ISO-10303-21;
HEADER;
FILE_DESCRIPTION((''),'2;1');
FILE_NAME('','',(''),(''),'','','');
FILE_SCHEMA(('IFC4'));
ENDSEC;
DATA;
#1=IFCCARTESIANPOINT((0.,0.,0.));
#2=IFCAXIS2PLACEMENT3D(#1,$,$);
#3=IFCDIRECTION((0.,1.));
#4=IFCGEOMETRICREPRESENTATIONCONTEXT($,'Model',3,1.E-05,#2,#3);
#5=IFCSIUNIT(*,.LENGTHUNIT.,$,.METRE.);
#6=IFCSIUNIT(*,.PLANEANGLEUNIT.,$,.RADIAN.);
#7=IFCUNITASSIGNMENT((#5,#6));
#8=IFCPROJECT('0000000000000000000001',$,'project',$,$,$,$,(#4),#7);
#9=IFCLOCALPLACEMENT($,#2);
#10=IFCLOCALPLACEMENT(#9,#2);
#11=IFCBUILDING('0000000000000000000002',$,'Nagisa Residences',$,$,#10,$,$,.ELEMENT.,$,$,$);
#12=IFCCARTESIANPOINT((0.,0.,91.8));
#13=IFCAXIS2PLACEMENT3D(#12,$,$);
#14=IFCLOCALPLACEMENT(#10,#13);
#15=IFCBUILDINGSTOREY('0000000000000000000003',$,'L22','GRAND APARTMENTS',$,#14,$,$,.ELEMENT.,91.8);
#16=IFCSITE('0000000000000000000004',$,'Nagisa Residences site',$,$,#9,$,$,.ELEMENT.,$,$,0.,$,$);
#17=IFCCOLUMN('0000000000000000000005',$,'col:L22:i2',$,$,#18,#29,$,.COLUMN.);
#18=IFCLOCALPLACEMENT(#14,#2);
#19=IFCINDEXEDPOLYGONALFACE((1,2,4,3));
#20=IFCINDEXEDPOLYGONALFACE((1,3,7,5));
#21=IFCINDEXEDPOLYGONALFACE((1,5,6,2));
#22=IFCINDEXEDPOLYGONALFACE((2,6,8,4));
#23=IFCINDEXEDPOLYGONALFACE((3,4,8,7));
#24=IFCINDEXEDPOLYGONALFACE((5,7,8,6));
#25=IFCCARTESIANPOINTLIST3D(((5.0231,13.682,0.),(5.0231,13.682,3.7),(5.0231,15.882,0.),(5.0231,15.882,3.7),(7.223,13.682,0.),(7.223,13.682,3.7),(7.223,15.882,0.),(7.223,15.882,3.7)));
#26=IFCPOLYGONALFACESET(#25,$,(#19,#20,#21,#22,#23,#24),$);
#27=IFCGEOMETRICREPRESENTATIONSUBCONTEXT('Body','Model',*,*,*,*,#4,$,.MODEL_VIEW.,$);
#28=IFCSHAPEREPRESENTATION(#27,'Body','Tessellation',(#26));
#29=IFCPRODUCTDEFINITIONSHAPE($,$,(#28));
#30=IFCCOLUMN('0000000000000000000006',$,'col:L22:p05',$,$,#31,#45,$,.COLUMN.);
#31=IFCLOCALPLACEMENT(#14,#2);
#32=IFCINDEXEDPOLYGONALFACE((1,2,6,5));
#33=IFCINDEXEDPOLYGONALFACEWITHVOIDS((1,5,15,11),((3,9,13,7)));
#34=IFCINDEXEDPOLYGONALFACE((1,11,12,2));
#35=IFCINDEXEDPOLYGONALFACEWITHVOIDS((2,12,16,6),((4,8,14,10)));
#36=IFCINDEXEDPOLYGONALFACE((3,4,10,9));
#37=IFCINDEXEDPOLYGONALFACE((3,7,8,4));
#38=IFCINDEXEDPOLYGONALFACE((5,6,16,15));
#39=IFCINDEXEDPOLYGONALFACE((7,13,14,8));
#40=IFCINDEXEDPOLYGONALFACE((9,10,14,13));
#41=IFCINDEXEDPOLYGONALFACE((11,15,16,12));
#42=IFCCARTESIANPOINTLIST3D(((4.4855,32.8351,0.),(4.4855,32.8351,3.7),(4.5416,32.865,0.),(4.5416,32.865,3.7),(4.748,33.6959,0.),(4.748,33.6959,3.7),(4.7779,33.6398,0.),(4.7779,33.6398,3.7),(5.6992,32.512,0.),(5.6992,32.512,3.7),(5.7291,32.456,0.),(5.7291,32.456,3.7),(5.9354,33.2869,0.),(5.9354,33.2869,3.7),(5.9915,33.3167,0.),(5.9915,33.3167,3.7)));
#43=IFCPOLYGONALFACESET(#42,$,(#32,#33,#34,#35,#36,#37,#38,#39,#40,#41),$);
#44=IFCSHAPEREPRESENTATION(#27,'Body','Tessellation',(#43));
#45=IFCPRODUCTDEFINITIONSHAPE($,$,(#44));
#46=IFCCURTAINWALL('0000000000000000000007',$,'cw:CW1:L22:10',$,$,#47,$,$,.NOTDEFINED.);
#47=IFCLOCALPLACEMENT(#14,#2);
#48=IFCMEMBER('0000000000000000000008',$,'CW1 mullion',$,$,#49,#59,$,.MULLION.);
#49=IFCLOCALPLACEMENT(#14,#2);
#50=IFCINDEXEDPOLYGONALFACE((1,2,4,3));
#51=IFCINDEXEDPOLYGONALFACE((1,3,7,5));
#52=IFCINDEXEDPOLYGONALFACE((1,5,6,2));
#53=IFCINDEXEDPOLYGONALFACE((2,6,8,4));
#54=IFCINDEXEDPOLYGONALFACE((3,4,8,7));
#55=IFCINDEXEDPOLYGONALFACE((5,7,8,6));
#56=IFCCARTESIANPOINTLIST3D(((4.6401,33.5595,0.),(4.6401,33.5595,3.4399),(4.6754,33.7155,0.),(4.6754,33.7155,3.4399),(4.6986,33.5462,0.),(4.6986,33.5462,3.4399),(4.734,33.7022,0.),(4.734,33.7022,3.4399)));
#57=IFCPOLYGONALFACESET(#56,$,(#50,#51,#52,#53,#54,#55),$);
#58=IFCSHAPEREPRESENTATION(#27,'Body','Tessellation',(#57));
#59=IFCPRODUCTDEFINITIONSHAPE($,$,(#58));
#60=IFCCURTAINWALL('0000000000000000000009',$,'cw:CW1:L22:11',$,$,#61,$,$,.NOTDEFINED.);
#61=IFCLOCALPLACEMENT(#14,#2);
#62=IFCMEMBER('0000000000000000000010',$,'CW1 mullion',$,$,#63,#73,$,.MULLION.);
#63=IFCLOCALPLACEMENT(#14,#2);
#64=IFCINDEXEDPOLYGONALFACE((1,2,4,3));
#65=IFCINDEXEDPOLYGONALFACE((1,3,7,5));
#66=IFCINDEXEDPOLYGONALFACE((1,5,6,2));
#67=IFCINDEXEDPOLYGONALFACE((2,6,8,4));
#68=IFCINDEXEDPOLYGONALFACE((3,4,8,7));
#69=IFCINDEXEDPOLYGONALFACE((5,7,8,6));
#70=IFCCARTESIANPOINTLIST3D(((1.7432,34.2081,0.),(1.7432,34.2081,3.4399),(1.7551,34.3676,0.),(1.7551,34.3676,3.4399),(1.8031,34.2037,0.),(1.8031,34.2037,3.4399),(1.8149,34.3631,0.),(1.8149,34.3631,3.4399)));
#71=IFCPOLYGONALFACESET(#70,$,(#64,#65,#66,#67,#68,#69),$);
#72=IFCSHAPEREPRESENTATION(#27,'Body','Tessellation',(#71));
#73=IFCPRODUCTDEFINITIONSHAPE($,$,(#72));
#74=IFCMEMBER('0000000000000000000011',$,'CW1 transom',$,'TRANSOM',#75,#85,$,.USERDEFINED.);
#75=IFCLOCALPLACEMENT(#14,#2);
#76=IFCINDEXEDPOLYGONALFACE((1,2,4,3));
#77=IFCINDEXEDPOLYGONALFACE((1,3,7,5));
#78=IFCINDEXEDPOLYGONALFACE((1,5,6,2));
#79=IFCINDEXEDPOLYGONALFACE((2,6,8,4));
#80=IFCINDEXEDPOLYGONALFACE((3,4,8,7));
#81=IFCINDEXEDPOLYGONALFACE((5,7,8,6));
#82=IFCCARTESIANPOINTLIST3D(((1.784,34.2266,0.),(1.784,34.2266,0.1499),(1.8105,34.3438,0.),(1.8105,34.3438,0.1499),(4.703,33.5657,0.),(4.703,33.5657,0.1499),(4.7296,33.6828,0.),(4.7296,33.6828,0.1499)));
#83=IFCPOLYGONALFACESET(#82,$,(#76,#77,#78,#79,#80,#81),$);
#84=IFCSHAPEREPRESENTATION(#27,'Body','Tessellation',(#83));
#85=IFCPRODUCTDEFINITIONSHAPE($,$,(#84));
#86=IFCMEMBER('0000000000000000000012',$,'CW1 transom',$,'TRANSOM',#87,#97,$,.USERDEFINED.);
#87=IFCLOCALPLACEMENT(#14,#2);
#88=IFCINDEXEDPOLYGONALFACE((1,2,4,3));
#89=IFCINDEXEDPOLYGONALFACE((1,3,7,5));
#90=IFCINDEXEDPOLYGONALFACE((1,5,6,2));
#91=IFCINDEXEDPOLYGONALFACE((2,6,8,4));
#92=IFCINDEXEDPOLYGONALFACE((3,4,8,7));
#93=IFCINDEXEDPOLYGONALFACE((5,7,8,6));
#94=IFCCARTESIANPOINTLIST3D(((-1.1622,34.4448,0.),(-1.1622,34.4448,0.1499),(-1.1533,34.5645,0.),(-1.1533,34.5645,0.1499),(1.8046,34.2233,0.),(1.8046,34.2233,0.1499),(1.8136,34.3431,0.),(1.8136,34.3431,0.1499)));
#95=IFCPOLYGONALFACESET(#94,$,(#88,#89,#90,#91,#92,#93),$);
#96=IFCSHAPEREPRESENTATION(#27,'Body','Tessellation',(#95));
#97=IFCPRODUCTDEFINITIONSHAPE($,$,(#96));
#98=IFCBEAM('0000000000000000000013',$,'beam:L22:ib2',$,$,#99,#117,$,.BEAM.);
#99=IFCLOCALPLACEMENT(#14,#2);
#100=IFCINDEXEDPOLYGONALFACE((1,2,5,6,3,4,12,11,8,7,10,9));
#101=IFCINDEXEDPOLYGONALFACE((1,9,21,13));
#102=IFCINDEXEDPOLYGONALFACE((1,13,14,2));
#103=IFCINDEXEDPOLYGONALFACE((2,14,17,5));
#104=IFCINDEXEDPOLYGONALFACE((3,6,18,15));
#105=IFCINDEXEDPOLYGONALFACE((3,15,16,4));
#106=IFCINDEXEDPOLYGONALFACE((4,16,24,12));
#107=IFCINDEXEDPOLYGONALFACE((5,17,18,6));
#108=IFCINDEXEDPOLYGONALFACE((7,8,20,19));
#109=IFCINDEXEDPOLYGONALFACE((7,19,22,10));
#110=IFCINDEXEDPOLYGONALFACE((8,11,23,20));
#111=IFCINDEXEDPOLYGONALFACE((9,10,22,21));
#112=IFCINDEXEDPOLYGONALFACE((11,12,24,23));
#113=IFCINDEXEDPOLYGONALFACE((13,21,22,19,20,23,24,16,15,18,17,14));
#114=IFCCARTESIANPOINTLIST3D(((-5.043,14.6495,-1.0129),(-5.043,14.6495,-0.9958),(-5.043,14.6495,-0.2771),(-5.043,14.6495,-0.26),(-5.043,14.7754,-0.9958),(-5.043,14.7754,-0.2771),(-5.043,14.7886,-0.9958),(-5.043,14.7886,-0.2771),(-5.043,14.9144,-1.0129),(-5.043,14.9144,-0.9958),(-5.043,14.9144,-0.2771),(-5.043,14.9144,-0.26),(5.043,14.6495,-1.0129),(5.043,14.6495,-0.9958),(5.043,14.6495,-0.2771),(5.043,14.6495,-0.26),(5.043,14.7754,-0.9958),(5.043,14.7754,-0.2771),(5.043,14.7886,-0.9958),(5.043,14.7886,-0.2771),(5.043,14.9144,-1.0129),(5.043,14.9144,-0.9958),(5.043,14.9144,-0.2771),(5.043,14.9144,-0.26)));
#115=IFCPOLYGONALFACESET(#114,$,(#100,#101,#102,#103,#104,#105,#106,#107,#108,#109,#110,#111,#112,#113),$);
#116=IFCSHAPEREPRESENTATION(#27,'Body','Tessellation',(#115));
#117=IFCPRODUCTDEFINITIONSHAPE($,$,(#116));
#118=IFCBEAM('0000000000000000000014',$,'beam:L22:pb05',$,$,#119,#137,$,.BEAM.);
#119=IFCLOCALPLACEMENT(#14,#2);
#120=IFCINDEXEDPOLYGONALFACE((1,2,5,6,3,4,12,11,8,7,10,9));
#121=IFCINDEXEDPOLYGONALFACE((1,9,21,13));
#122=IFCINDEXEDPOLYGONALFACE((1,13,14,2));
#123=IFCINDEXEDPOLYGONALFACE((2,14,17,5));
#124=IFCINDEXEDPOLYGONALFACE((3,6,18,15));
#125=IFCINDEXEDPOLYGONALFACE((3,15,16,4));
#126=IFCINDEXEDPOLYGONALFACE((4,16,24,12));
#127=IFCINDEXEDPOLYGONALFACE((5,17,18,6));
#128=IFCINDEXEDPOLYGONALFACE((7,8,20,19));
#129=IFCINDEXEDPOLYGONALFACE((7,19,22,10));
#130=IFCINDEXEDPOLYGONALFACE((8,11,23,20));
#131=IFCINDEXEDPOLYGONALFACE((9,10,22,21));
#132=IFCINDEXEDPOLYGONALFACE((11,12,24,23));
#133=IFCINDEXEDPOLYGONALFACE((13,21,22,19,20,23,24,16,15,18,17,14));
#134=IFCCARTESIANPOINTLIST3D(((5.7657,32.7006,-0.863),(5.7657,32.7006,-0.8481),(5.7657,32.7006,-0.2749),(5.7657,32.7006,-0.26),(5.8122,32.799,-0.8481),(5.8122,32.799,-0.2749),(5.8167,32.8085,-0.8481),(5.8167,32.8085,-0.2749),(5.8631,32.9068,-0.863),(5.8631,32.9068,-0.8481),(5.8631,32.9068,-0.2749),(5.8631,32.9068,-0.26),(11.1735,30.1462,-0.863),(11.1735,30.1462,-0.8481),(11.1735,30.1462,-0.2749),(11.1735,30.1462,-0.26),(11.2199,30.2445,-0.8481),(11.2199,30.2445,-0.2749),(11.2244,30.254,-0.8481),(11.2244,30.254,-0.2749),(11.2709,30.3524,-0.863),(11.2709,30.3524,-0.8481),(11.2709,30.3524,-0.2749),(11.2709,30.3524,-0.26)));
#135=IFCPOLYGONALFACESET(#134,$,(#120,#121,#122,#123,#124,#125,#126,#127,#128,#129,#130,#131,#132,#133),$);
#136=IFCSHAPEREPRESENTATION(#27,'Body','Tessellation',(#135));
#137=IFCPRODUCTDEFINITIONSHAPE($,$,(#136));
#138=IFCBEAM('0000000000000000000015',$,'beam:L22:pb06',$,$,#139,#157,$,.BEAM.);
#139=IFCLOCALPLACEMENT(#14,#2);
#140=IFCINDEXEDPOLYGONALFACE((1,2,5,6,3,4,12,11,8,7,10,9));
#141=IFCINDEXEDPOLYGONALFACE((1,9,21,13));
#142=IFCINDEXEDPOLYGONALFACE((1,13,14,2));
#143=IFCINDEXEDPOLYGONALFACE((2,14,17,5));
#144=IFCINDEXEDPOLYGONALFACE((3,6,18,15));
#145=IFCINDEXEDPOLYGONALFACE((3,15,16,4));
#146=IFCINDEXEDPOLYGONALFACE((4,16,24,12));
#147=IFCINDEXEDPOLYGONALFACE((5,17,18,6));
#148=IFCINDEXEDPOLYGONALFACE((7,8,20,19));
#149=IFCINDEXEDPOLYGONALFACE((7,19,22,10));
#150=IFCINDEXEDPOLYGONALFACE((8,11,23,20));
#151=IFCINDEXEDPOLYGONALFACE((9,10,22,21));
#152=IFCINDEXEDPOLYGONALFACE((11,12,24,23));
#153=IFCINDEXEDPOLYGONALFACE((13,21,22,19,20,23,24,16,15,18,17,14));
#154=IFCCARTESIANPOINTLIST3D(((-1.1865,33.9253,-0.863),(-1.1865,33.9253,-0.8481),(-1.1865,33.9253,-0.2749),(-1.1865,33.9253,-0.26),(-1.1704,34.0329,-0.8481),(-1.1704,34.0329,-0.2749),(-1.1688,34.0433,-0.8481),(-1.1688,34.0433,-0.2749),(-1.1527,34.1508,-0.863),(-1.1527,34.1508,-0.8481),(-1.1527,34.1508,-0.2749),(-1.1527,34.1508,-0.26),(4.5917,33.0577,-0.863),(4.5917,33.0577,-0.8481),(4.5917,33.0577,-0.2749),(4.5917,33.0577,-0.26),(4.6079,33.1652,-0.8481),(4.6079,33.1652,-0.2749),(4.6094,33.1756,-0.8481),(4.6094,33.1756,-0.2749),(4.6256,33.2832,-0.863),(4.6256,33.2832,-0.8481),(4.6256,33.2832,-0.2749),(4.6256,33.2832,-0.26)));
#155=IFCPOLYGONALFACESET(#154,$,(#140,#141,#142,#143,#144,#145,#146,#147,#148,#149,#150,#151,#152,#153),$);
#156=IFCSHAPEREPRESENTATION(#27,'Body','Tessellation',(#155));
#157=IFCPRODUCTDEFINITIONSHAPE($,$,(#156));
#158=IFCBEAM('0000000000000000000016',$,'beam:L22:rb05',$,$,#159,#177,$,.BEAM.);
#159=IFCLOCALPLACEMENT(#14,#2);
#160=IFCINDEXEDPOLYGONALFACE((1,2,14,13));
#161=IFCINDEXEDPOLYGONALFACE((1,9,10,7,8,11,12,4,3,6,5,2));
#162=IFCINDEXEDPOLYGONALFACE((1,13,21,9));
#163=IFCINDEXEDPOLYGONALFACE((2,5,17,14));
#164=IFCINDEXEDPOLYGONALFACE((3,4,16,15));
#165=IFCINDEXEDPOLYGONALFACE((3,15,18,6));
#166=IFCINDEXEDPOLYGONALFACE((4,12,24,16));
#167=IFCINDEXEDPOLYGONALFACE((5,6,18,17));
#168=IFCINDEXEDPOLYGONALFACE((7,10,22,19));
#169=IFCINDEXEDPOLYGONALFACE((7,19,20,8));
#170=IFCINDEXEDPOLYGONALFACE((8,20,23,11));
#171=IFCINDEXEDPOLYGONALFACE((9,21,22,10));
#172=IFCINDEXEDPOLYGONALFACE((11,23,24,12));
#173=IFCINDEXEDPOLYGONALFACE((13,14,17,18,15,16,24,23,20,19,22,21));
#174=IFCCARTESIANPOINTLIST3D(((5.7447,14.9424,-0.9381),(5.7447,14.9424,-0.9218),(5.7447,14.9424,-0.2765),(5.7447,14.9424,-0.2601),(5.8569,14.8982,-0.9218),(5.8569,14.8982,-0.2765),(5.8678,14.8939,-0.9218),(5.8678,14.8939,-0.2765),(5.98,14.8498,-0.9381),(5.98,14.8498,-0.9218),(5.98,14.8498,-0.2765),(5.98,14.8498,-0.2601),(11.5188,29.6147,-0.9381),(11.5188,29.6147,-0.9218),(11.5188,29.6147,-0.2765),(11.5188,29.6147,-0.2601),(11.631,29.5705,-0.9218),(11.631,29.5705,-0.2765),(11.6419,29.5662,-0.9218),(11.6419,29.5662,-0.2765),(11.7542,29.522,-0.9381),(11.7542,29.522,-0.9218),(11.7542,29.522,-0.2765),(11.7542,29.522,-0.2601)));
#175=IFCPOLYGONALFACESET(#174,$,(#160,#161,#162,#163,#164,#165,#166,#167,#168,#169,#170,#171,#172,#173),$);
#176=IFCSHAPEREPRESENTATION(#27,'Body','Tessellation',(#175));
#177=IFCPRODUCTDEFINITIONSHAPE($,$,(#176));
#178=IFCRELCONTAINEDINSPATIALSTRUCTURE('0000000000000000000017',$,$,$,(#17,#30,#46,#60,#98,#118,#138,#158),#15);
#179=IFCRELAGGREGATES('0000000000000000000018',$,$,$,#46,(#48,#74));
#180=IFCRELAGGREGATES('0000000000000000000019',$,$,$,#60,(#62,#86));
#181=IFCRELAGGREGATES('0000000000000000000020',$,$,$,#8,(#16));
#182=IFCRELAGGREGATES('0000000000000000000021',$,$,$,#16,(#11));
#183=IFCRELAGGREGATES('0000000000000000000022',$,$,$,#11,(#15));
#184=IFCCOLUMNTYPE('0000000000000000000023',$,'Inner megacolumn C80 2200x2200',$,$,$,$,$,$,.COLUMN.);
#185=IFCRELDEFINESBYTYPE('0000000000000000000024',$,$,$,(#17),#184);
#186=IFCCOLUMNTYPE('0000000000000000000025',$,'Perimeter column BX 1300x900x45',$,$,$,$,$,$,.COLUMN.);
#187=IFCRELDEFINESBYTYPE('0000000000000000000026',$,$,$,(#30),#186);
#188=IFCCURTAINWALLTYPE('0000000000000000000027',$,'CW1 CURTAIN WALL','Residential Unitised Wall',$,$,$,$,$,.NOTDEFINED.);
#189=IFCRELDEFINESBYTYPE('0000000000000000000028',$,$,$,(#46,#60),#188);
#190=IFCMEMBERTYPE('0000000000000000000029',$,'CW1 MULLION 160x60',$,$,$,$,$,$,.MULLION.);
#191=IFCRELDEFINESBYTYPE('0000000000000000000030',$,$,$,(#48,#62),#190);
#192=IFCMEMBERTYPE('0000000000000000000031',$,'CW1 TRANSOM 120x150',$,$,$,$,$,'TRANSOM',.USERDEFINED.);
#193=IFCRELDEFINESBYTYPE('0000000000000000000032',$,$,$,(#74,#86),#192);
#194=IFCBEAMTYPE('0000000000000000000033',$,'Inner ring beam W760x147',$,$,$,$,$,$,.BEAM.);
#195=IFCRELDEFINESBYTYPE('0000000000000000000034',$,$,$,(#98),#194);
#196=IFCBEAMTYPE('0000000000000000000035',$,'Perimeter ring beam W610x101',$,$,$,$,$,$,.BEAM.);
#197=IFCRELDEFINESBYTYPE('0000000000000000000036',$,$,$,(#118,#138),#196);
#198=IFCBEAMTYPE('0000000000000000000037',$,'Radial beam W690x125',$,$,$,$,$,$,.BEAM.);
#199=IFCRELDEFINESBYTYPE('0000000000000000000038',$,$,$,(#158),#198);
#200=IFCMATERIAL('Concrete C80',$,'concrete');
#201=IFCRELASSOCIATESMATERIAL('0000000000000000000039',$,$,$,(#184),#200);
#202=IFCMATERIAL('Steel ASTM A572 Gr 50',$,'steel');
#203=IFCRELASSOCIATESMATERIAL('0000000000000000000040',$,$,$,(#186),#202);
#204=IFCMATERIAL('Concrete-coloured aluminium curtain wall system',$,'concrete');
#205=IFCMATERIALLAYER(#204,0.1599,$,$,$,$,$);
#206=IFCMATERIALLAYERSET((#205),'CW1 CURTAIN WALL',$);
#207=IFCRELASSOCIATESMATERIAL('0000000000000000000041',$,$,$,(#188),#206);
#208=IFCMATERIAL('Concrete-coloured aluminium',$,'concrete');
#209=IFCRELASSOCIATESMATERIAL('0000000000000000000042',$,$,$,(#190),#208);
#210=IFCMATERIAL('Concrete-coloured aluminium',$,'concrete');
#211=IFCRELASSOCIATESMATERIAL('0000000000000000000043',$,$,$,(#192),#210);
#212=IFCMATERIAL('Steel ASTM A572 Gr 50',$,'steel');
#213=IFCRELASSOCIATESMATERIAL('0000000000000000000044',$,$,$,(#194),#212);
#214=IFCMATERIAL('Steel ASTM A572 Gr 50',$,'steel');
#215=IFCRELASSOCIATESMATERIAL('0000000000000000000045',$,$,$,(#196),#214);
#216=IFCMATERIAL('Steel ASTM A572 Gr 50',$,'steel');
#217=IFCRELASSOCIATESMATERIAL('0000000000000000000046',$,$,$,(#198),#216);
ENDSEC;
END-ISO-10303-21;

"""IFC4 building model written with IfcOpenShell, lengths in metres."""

from ifc_helpers import new_model, si_unit, direction, frame, origin, origin_2d, place, context, subcontext, project, spatial, rectangle, hollow_rectangle, i_section, extrude, material, layer, layer_set, material_profile, profile_set, type_object, element, aggregate, save


model = new_model("IFC4")

# Units and contexts
model_context = context("Model", 3, precision=1e-05, world=origin(), true_north=direction((0.0, 1.0)))
body_context = subcontext(model_context, "Body", "Model", "MODEL_VIEW")
ifc_project = project(units=[si_unit("LENGTHUNIT", "METRE"), si_unit("PLANEANGLEUNIT", "RADIAN")], contexts=[model_context])

# Site, building, storey
site_placement = place(None, origin())
site = spatial("IfcSite", under=ifc_project, at=site_placement, Name="Nagisa Residences site", CompositionType="ELEMENT", RefElevation=0.0)
building_placement = place(site_placement, origin())
building = spatial("IfcBuilding", under=site, at=building_placement, Name="Nagisa Residences", CompositionType="ELEMENT")
storey_placement = place(building_placement, frame((0.0, 0.0, 91.8)))
storey = spatial("IfcBuildingStorey", under=building, at=storey_placement, Name="L22", Description="GRAND APARTMENTS", CompositionType="ELEMENT", Elevation=91.8)

# Columns
ifc_material_1 = material(Name="Concrete C80", Category="concrete")
ifc_material_profile_1 = material_profile(ifc_material_1, rectangle(XDim=2.2, YDim=2.2, at=origin_2d()), Name="C80 2200x2200")
ifc_profile_set_1 = profile_set([ifc_material_profile_1], Name="Concrete C80")
column_type_1 = type_object("IfcColumnType", Name="Inner megacolumn C80 2200x2200", PredefinedType="COLUMN", material=ifc_profile_set_1)
column_1_placement = place(storey_placement, frame((6.123, 14.782, 0.0), z_axis=(0.0, 0.0, 1.0), x_axis=(1.0, 0.0, 0.0)))
element("IfcColumn", 1, at=column_1_placement, inside=storey, type_object=column_type_1, Name="col:L22:i2", PredefinedType="COLUMN", context=body_context, shape_type="SweptSolid", body=[
    extrude(rectangle(XDim=2.2, YDim=2.2, at=origin_2d()), origin(), (0.0, 0.0, 1.0), 3.7),
])
ifc_material_2 = material(Name="Steel ASTM A572 Gr 50", Category="steel")
ifc_material_profile_2 = material_profile(ifc_material_2, hollow_rectangle(XDim=1.3, YDim=0.8999, WallThickness=0.0449, at=origin_2d()), Name="BX 1300x900x45")
ifc_profile_set_2 = profile_set([ifc_material_profile_2], Name="Steel ASTM A572 Gr 50")
column_type_2 = type_object("IfcColumnType", Name="Perimeter column BX 1300x900x45", PredefinedType="COLUMN", material=ifc_profile_set_2)
column_2_placement = place(storey_placement, frame((5.2385, 33.0759, 0.0), z_axis=(0.0, 0.0, 1.0), x_axis=(-0.956525, 0.291652, 0.0)))
element("IfcColumn", 2, at=column_2_placement, inside=storey, type_object=column_type_2, Name="col:L22:p05", PredefinedType="COLUMN", context=body_context, shape_type="SweptSolid", body=[
    extrude(hollow_rectangle(XDim=1.3, YDim=0.8999, WallThickness=0.0449, at=origin_2d()), origin(), (0.0, 0.0, 1.0), 3.7),
])

# Curtain walls, members
ifc_material_3 = material(Name="Concrete-coloured aluminium curtain wall system", Category="concrete")
ifc_layer_1 = layer(ifc_material_3, 0.1599)
ifc_layer_set_1 = layer_set([ifc_layer_1], Name="CW1 CURTAIN WALL")
curtain_wall_type = type_object("IfcCurtainWallType", Name="CW1 CURTAIN WALL", Description="Residential Unitised Wall", PredefinedType="NOTDEFINED", material=ifc_layer_set_1)
curtain_wall_1_placement = place(storey_placement, origin())
curtain_wall_1 = element("IfcCurtainWall", 3, at=curtain_wall_1_placement, inside=storey, type_object=curtain_wall_type, Name="cw:CW1:L22:10", PredefinedType="NOTDEFINED")
ifc_material_4 = material(Name="Concrete-coloured aluminium", Category="concrete")
ifc_material_profile_3 = material_profile(ifc_material_4, rectangle(XDim=0.1599, YDim=0.0601, at=origin_2d()), Name="CW1 MULLION 160x60")
ifc_profile_set_3 = profile_set([ifc_material_profile_3], Name="Concrete-coloured aluminium")
member_type_1 = type_object("IfcMemberType", Name="CW1 MULLION 160x60", PredefinedType="MULLION", material=ifc_profile_set_3)
member_1_placement = place(storey_placement, frame((4.687, 33.6309, 0.0), z_axis=(0.0, 0.0, 1.0), x_axis=(-0.220764, -0.975327, 0.0)))
member_1 = element("IfcMember", 4, at=member_1_placement, type_object=member_type_1, Name="CW1 mullion", PredefinedType="MULLION", context=body_context, shape_type="SweptSolid", body=[
    extrude(rectangle(XDim=0.1599, YDim=0.0601, at=origin_2d()), origin(), (0.0, 0.0, 1.0), 3.4399),
])
curtain_wall_2_placement = place(storey_placement, origin())
curtain_wall_2 = element("IfcCurtainWall", 5, at=curtain_wall_2_placement, inside=storey, type_object=curtain_wall_type, Name="cw:CW1:L22:11", PredefinedType="NOTDEFINED")
member_2_placement = place(storey_placement, frame((1.7791, 34.2856, 0.0), z_axis=(0.0, 0.0, 1.0), x_axis=(-0.074377, -0.99723, 0.0)))
member_2 = element("IfcMember", 6, at=member_2_placement, type_object=member_type_1, Name="CW1 mullion", PredefinedType="MULLION", context=body_context, shape_type="SweptSolid", body=[
    extrude(rectangle(XDim=0.1599, YDim=0.0601, at=origin_2d()), origin(), (0.0, 0.0, 1.0), 3.4399),
])

# Members
ifc_material_5 = material(Name="Concrete-coloured aluminium", Category="concrete")
ifc_material_profile_4 = material_profile(ifc_material_5, rectangle(XDim=0.1201, YDim=0.1499, at=origin_2d()), Name="CW1 TRANSOM 120x150")
ifc_profile_set_4 = profile_set([ifc_material_profile_4], Name="Concrete-coloured aluminium")
member_type_2 = type_object("IfcMemberType", Name="CW1 TRANSOM 120x150", ElementType="TRANSOM", PredefinedType="USERDEFINED", material=ifc_profile_set_4)
member_3_placement = place(storey_placement, frame((4.7163, 33.6243, 0.075), z_axis=(-0.975314, 0.220824, 0.0), x_axis=(-0.220824, -0.975314, 0.0)))
member_3 = element("IfcMember", 7, at=member_3_placement, type_object=member_type_2, Name="CW1 transom", ObjectType="TRANSOM", PredefinedType="USERDEFINED", context=body_context, shape_type="SweptSolid", body=[
    extrude(rectangle(XDim=0.1201, YDim=0.1499, at=origin_2d()), origin(), (0.0, 0.0, 1.0), 2.9929),
])
member_4_placement = place(storey_placement, frame((1.8091, 34.2832, 0.075), z_axis=(-0.997226, 0.074431, 0.0), x_axis=(-0.074431, -0.997226, 0.0)))
member_4 = element("IfcMember", 8, at=member_4_placement, type_object=member_type_2, Name="CW1 transom", ObjectType="TRANSOM", PredefinedType="USERDEFINED", context=body_context, shape_type="SweptSolid", body=[
    extrude(rectangle(XDim=0.1201, YDim=0.1499, at=origin_2d()), origin(), (0.0, 0.0, 1.0), 2.9751),
])

# Beams
ifc_material_6 = material(Name="Steel ASTM A572 Gr 50", Category="steel")
ifc_material_profile_5 = material_profile(ifc_material_6, i_section(OverallWidth=0.2649, OverallDepth=0.7529, WebThickness=0.0132, FlangeThickness=0.0171, at=origin_2d()), Name="W760x147")
ifc_profile_set_5 = profile_set([ifc_material_profile_5], Name="Steel ASTM A572 Gr 50")
beam_type_1 = type_object("IfcBeamType", Name="Inner ring beam W760x147", PredefinedType="BEAM", material=ifc_profile_set_5)
beam_1_placement = place(storey_placement, frame((5.043, 14.782, -0.6365), z_axis=(-1.0, 0.0, 0.0), x_axis=(0.0, -1.0, 0.0)))
element("IfcBeam", 9, at=beam_1_placement, inside=storey, type_object=beam_type_1, Name="beam:L22:ib2", PredefinedType="BEAM", context=body_context, shape_type="SweptSolid", body=[
    extrude(i_section(OverallWidth=0.2649, OverallDepth=0.7529, WebThickness=0.0132, FlangeThickness=0.0171, at=origin_2d()), origin(), (0.0, 0.0, 1.0), 10.0859),
])
ifc_material_7 = material(Name="Steel ASTM A572 Gr 50", Category="steel")
ifc_material_profile_6 = material_profile(ifc_material_7, i_section(OverallWidth=0.228, OverallDepth=0.603, WebThickness=0.0105, FlangeThickness=0.0149, at=origin_2d()), Name="W610x101")
ifc_profile_set_6 = profile_set([ifc_material_profile_6], Name="Steel ASTM A572 Gr 50")
beam_type_2 = type_object("IfcBeamType", Name="Perimeter ring beam W610x101", PredefinedType="BEAM", material=ifc_profile_set_6)
beam_2_placement = place(storey_placement, frame((11.2222, 30.2493, -0.5615), z_axis=(-0.904197, 0.427116, 0.0), x_axis=(-0.427116, -0.904197, 0.0)))
element("IfcBeam", 10, at=beam_2_placement, inside=storey, type_object=beam_type_2, Name="beam:L22:pb05", PredefinedType="BEAM", context=body_context, shape_type="SweptSolid", body=[
    extrude(i_section(OverallWidth=0.228, OverallDepth=0.603, WebThickness=0.0105, FlangeThickness=0.0149, at=origin_2d()), origin(), (0.0, 0.0, 1.0), 5.9807),
])
beam_3_placement = place(storey_placement, frame((4.6086, 33.1704, -0.5615), z_axis=(-0.988913, 0.148496, 0.0), x_axis=(-0.148496, -0.988913, 0.0)))
element("IfcBeam", 11, at=beam_3_placement, inside=storey, type_object=beam_type_2, Name="beam:L22:pb06", PredefinedType="BEAM", context=body_context, shape_type="SweptSolid", body=[
    extrude(i_section(OverallWidth=0.228, OverallDepth=0.603, WebThickness=0.0105, FlangeThickness=0.0149, at=origin_2d()), origin(), (0.0, 0.0, 1.0), 5.843),
])
ifc_material_8 = material(Name="Steel ASTM A572 Gr 50", Category="steel")
ifc_material_profile_7 = material_profile(ifc_material_8, i_section(OverallWidth=0.2529, OverallDepth=0.678, WebThickness=0.0117, FlangeThickness=0.0164, at=origin_2d()), Name="W690x125")
ifc_profile_set_7 = profile_set([ifc_material_profile_7], Name="Steel ASTM A572 Gr 50")
beam_type_3 = type_object("IfcBeamType", Name="Radial beam W690x125", PredefinedType="BEAM", material=ifc_profile_set_7)
beam_4_placement = place(storey_placement, frame((11.6365, 29.5684, -0.5991), z_axis=(-0.366203, -0.930535, 0.0), x_axis=(0.930535, -0.366203, 0.0)))
element("IfcBeam", 12, at=beam_4_placement, inside=storey, type_object=beam_type_3, Name="beam:L22:rb05", PredefinedType="BEAM", context=body_context, shape_type="SweptSolid", body=[
    extrude(i_section(OverallWidth=0.2529, OverallDepth=0.678, WebThickness=0.0117, FlangeThickness=0.0164, at=origin_2d()), origin(), (0.0, 0.0, 1.0), 15.7676),
])

aggregate(curtain_wall_1, [member_1, member_3])
aggregate(curtain_wall_2, [member_2, member_4])

save(model, "model.ifc")
